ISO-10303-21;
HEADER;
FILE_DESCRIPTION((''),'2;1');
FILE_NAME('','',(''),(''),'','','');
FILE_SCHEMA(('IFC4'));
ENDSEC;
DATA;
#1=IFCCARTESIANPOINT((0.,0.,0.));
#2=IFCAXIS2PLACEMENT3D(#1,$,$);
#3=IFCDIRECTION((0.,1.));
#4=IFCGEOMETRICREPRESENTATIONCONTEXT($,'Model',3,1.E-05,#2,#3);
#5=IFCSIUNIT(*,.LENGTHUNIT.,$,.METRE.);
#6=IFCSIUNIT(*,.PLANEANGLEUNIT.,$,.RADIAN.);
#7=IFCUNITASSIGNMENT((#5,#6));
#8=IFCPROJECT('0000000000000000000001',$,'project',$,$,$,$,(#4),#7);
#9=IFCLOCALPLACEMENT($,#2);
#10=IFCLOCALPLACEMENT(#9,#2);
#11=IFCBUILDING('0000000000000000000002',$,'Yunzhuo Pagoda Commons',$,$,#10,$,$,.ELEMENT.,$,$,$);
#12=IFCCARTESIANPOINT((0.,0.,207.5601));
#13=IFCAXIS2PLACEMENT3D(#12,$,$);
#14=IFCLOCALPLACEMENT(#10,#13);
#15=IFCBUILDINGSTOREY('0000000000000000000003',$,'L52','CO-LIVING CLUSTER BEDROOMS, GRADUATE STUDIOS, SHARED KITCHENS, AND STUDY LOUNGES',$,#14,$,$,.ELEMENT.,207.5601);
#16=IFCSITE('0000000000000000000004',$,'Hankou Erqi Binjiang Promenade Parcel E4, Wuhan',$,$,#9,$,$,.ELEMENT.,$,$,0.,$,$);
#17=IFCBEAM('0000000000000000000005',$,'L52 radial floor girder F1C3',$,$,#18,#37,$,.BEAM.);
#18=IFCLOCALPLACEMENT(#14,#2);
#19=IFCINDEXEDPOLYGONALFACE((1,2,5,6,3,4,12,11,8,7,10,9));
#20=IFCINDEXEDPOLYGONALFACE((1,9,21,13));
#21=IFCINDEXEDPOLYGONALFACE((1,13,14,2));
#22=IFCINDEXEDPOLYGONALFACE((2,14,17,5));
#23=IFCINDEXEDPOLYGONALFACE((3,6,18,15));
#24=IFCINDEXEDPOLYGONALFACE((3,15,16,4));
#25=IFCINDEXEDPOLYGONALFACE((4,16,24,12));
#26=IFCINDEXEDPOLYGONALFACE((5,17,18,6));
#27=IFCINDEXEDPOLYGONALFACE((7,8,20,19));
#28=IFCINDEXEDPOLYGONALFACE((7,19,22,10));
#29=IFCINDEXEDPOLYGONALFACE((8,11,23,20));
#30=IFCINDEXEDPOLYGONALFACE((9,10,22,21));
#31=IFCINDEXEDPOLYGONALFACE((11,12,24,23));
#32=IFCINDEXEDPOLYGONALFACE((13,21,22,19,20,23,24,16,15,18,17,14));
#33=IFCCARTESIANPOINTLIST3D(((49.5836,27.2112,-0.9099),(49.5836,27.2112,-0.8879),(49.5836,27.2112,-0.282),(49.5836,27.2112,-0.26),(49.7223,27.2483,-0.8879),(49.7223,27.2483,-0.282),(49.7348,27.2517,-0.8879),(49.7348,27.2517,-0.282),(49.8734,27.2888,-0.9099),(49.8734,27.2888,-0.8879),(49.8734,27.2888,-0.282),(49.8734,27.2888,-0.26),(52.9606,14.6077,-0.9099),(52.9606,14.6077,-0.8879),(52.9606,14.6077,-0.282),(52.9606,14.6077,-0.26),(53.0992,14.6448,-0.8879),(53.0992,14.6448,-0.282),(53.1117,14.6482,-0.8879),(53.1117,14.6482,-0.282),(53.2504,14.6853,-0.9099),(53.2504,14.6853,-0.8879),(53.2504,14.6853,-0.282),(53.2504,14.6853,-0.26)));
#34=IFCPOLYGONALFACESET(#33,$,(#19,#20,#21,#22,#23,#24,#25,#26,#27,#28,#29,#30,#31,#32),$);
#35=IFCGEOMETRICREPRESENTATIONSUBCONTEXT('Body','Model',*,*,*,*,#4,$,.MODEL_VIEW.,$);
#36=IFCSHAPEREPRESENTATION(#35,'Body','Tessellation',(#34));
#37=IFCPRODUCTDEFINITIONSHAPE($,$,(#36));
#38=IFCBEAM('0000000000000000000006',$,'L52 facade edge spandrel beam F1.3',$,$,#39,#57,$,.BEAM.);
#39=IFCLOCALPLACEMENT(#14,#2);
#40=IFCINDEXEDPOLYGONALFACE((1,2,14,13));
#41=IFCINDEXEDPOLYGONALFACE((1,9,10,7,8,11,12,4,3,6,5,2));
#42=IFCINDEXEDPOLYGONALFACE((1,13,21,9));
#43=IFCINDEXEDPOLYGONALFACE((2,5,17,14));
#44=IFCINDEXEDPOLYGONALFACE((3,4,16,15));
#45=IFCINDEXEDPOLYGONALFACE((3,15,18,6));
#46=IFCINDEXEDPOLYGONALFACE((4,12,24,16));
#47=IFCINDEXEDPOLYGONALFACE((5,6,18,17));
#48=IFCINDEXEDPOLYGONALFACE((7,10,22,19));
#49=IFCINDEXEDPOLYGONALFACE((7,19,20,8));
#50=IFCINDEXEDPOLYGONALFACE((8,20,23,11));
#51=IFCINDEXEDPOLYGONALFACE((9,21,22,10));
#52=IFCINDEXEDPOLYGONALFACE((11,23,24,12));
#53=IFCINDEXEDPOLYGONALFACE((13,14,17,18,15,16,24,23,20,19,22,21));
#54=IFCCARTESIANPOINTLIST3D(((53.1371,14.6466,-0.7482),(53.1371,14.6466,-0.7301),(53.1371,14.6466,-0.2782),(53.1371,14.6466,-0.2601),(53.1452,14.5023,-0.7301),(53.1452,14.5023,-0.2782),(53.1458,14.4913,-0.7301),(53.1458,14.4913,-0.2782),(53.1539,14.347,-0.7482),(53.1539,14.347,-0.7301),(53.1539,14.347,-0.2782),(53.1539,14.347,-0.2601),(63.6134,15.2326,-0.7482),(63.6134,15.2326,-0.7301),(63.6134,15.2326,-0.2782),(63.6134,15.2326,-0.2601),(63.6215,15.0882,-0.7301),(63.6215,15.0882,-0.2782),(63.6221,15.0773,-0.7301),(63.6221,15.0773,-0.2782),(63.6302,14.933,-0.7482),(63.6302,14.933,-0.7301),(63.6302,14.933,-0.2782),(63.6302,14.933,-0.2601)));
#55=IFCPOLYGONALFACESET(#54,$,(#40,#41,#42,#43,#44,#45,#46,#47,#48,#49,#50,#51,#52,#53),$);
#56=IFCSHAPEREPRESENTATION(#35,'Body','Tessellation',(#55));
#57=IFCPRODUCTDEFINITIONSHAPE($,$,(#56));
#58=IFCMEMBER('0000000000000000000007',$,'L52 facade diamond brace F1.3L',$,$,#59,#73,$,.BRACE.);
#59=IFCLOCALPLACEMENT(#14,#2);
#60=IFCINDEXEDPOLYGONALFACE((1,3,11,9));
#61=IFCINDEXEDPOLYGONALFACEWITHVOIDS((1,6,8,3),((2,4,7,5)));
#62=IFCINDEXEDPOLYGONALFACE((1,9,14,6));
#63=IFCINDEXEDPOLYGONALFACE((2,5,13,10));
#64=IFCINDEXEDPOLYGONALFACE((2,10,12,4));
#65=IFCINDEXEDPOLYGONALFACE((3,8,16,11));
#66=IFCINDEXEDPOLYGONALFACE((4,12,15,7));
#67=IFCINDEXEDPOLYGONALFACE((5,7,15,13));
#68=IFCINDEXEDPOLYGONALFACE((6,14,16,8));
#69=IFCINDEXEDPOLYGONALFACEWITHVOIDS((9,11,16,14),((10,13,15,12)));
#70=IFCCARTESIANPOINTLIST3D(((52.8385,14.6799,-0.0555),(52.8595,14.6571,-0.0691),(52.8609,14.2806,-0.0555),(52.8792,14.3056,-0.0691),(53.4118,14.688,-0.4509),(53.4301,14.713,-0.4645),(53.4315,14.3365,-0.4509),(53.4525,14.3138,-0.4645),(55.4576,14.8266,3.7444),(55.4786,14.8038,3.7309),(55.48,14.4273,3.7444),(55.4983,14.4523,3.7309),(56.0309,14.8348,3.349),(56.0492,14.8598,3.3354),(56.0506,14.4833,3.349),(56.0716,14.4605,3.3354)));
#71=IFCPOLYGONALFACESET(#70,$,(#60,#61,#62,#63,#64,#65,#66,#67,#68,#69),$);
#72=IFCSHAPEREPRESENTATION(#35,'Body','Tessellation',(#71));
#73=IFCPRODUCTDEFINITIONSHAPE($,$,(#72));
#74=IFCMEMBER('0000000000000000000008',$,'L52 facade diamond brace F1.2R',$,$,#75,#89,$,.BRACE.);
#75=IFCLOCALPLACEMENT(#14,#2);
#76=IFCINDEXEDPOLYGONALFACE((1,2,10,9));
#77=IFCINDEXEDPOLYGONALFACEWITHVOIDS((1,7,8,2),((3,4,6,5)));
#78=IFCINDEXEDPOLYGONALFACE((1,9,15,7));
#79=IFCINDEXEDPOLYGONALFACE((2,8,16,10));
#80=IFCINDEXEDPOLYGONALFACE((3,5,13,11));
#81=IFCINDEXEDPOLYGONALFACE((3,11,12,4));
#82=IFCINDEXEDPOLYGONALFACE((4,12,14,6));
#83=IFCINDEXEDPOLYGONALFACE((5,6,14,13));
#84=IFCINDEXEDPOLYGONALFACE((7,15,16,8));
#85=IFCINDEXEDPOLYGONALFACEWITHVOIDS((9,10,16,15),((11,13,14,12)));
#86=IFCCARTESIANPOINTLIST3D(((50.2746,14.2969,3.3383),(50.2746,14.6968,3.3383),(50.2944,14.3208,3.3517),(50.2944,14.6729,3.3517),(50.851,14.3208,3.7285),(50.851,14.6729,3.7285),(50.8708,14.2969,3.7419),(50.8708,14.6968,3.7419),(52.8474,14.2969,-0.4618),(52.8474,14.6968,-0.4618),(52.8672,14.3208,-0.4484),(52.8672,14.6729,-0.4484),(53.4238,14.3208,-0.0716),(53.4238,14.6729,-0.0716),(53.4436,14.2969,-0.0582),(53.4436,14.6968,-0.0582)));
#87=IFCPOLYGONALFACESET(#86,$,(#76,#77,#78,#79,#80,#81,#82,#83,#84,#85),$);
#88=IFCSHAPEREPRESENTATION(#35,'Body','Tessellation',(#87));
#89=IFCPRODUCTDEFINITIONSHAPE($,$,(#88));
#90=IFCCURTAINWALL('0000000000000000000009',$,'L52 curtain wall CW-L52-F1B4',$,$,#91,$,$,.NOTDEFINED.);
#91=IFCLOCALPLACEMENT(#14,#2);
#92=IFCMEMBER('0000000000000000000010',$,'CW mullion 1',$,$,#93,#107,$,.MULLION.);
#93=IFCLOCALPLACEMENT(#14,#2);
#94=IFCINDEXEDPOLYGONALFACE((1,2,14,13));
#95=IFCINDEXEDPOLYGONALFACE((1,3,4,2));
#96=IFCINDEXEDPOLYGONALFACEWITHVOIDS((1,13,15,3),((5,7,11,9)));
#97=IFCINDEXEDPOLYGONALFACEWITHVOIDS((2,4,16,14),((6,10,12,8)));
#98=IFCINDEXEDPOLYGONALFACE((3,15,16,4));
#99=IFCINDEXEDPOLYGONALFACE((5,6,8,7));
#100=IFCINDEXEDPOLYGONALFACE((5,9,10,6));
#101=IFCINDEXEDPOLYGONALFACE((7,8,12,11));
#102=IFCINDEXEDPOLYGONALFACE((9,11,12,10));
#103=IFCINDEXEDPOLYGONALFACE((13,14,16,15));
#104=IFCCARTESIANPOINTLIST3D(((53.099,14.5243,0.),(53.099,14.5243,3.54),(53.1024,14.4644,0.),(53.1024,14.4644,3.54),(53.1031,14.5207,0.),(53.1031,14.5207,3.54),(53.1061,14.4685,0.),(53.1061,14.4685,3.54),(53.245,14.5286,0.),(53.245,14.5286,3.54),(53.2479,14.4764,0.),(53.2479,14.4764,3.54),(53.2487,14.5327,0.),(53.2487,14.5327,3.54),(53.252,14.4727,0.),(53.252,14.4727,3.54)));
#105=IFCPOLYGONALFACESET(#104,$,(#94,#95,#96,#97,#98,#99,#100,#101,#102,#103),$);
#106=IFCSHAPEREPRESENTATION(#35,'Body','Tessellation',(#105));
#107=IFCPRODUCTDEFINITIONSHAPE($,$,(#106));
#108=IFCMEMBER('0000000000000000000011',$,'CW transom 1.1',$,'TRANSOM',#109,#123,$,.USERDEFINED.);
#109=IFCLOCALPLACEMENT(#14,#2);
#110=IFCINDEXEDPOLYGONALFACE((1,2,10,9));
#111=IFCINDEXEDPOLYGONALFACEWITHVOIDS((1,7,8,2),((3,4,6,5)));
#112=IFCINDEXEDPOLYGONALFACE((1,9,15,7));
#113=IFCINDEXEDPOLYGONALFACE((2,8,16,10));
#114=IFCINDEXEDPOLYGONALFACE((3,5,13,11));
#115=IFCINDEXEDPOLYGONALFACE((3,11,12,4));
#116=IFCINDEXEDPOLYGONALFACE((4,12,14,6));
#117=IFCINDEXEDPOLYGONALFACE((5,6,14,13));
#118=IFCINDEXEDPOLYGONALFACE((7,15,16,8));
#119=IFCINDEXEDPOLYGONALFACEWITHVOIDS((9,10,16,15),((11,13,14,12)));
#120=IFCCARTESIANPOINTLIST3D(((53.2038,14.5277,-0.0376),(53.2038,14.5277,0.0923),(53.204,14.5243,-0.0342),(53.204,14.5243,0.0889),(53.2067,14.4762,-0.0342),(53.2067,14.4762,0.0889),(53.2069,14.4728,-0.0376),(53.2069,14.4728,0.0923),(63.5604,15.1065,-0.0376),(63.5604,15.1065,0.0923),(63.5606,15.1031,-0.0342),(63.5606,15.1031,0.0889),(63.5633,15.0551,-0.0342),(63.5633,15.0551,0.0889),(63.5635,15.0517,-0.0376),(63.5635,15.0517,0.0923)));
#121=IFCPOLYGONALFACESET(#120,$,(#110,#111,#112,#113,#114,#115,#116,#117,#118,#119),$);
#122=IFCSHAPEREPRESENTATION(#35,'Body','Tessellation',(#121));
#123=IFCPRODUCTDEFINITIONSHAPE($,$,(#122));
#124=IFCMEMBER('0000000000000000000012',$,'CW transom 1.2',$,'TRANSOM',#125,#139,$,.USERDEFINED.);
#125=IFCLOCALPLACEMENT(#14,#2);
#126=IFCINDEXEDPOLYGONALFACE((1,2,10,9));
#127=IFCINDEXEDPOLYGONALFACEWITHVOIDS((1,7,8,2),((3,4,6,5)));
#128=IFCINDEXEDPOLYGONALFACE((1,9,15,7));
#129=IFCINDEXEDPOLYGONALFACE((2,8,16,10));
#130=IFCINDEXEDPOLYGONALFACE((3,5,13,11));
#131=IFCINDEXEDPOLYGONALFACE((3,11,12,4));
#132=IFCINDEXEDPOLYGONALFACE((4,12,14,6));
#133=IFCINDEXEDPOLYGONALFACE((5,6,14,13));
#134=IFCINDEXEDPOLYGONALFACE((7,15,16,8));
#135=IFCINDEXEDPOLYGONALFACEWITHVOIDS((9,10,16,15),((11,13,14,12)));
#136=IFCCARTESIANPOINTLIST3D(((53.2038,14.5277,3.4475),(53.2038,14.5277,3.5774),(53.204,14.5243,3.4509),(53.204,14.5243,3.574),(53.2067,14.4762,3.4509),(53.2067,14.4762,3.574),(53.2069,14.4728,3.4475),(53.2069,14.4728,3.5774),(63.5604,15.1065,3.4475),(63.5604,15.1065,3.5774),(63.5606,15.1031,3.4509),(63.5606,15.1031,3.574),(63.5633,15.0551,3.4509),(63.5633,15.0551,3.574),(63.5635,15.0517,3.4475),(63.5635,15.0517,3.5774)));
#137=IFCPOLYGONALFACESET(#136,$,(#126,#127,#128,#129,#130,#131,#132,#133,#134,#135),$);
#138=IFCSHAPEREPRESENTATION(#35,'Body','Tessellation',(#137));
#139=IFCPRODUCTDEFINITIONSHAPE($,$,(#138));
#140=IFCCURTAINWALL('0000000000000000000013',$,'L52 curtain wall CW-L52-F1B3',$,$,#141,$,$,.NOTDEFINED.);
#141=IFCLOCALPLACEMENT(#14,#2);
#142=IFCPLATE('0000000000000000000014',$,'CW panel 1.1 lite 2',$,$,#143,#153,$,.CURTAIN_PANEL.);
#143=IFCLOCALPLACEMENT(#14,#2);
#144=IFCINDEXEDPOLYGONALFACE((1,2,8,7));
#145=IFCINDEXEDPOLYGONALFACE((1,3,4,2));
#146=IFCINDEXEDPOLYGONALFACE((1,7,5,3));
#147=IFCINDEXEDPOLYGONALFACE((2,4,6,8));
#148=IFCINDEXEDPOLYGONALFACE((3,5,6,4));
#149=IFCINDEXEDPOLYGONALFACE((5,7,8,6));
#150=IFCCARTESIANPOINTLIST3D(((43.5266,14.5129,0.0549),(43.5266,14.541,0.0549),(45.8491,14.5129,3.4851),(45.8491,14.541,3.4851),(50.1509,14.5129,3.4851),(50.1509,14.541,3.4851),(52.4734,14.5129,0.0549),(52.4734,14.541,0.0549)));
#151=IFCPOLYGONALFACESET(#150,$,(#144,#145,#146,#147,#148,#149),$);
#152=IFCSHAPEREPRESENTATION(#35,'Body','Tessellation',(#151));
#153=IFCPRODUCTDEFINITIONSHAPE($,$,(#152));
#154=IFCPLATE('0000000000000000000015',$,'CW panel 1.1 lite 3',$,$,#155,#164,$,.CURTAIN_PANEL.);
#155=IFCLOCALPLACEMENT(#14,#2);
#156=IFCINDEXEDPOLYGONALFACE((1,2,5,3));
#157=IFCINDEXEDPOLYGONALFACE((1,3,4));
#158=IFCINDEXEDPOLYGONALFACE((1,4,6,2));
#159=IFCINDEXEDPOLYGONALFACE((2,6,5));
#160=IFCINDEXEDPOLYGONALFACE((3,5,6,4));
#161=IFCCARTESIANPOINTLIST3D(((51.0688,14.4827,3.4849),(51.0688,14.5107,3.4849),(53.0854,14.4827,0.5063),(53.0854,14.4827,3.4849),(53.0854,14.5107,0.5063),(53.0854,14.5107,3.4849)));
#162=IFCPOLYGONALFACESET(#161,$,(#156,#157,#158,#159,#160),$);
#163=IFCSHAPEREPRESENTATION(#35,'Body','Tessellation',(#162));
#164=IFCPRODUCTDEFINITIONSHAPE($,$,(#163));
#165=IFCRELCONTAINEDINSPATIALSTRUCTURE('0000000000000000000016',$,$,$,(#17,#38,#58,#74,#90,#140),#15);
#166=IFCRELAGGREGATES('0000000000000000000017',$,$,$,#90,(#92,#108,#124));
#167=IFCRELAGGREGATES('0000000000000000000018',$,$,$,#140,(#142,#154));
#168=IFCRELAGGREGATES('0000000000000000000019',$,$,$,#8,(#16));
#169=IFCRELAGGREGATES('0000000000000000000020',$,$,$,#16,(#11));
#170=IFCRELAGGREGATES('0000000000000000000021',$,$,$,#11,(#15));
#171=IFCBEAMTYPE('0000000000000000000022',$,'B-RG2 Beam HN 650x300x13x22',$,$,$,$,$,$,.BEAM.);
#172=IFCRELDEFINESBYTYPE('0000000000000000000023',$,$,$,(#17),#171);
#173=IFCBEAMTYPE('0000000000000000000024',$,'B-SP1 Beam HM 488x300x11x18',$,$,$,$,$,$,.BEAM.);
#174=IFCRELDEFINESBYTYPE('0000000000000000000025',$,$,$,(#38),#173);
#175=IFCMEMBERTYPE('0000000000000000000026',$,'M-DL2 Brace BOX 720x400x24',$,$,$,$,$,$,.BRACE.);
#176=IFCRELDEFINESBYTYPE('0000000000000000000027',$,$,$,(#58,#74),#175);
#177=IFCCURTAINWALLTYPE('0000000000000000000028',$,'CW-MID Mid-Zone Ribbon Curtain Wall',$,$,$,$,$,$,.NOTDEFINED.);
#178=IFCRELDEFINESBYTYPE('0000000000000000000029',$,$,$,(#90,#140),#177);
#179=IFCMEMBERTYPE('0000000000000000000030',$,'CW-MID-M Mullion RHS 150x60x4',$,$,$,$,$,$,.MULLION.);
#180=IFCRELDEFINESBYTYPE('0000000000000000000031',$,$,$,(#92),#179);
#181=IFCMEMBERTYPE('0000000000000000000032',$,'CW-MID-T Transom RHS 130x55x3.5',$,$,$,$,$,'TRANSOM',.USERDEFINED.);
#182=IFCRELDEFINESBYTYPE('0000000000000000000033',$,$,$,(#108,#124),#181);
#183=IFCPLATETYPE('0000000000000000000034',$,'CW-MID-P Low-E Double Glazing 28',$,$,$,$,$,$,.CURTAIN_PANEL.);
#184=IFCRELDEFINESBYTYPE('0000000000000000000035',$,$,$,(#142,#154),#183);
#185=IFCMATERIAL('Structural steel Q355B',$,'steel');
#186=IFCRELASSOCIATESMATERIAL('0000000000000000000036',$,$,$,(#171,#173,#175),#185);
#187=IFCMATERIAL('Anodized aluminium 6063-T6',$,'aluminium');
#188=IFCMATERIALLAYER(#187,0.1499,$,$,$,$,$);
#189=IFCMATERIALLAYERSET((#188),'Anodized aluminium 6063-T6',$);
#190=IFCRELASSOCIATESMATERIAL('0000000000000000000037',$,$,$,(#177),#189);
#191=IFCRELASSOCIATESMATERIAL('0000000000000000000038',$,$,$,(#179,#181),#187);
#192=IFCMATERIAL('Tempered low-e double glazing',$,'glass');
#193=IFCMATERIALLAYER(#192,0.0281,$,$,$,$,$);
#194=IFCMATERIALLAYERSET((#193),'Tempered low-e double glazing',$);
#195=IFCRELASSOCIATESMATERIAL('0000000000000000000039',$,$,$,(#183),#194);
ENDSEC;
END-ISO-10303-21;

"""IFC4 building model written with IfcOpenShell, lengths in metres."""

from ifc_helpers import new_model, si_unit, direction, frame, origin, origin_2d, place, context, subcontext, project, spatial, polyline, hollow_rectangle, i_section, outline, extrude, source, transform, mapped, material, layer, layer_set, material_profile, profile_set, type_object, element, aggregate, save


model = new_model("IFC4")

# Units and contexts
model_context = context("Model", 3, precision=1e-05, world=origin(), true_north=direction((0.0, 1.0)))
body_context = subcontext(model_context, "Body", "Model", "MODEL_VIEW")
ifc_project = project(units=[si_unit("LENGTHUNIT", "METRE"), si_unit("PLANEANGLEUNIT", "RADIAN")], contexts=[model_context])

# Site, building, storey
site_placement = place(None, origin())
site = spatial("IfcSite", under=ifc_project, at=site_placement, Name="Hankou Erqi Binjiang Promenade Parcel E4, Wuhan", CompositionType="ELEMENT", RefElevation=0.0)
building_placement = place(site_placement, origin())
building = spatial("IfcBuilding", under=site, at=building_placement, Name="Yunzhuo Pagoda Commons", CompositionType="ELEMENT")
storey_placement = place(building_placement, frame((0.0, 0.0, 207.5601)))
storey = spatial("IfcBuildingStorey", under=building, at=storey_placement, Name="L52", Description="CO-LIVING CLUSTER BEDROOMS, GRADUATE STUDIOS, SHARED KITCHENS, AND STUDY LOUNGES", CompositionType="ELEMENT", Elevation=207.5601)

# Beams
ifc_material_1 = material(Name="Structural steel Q355B", Category="steel")
ifc_material_profile_1 = material_profile(ifc_material_1, i_section(OverallWidth=0.3, OverallDepth=0.6499, WebThickness=0.0129, FlangeThickness=0.022, at=origin_2d()), Name="Structural steel Q355B")
ifc_profile_set_1 = profile_set([ifc_material_profile_1], Name="Structural steel Q355B")
beam_type_1 = type_object("IfcBeamType", Name="B-RG2 Beam HN 650x300x13x22", PredefinedType="BEAM", material=ifc_profile_set_1)
shared_shape_1 = source(origin(), body_context, "Body", "SweptSolid", [
    extrude(i_section(OverallWidth=0.3, OverallDepth=0.6499, WebThickness=0.0129, FlangeThickness=0.022, at=origin_2d()), origin(), (0.0, 0.0, 1.0), 13.0481),
])
beam_1_placement = place(storey_placement, frame((53.1055, 14.6465, -0.585), z_axis=(-0.258808, 0.965929, 0.0), x_axis=(-0.965929, -0.258808, 0.0)))
element("IfcBeam", 1, at=beam_1_placement, inside=storey, type_object=beam_type_1, Name="L52 radial floor girder F1C3", PredefinedType="BEAM", context=body_context, shape_type="MappedRepresentation", body=[
    mapped(shared_shape_1, transform((0.0, 0.0, 0.0), scale=1.0)),
])
ifc_material_profile_2 = material_profile(ifc_material_1, i_section(OverallWidth=0.3, OverallDepth=0.488, WebThickness=0.011, FlangeThickness=0.0181, at=origin_2d()), Name="Structural steel Q355B")
ifc_profile_set_2 = profile_set([ifc_material_profile_2], Name="Structural steel Q355B")
beam_type_2 = type_object("IfcBeamType", Name="B-SP1 Beam HM 488x300x11x18", PredefinedType="BEAM", material=ifc_profile_set_2)
shared_shape_2 = source(origin(), body_context, "Body", "SweptSolid", [
    extrude(i_section(OverallWidth=0.3, OverallDepth=0.488, WebThickness=0.011, FlangeThickness=0.0181, at=origin_2d()), origin(), (0.0, 0.0, 1.0), 10.4927),
])
beam_2_placement = place(storey_placement, frame((53.1455, 14.4968, -0.5042), z_axis=(0.99844, 0.055842, 0.0), x_axis=(-0.055842, 0.99844, 0.0)))
element("IfcBeam", 2, at=beam_2_placement, inside=storey, type_object=beam_type_2, Name="L52 facade edge spandrel beam F1.3", PredefinedType="BEAM", context=body_context, shape_type="MappedRepresentation", body=[
    mapped(shared_shape_2, transform((0.0, 0.0, 0.0), scale=1.0)),
])

# Members
ifc_material_profile_3 = material_profile(ifc_material_1, hollow_rectangle(XDim=0.3999, YDim=0.72, WallThickness=0.0239, at=origin_2d()), Name="Structural steel Q355B")
ifc_profile_set_3 = profile_set([ifc_material_profile_3], Name="Structural steel Q355B")
member_type_1 = type_object("IfcMemberType", Name="M-DL2 Brace BOX 720x400x24", PredefinedType="BRACE", material=ifc_profile_set_3)
shared_shape_3 = source(origin(), body_context, "Body", "SweptSolid", [
    extrude(hollow_rectangle(XDim=0.3999, YDim=0.72, WallThickness=0.0239, at=origin_2d()), origin(), (0.0, 0.0, 1.0), 4.6174),
])
member_1_placement = place(storey_placement, frame((53.1455, 14.4968, -0.26), z_axis=(0.567214, 0.031776, 0.822957), x_axis=(-0.055934, 0.998434, 0.0)))
element("IfcMember", 3, at=member_1_placement, inside=storey, type_object=member_type_1, Name="L52 facade diamond brace F1.3L", PredefinedType="BRACE", context=body_context, shape_type="MappedRepresentation", body=[
    mapped(shared_shape_3, transform((0.0, 0.0, 0.0), scale=1.0)),
])
shared_shape_4 = source(origin(), body_context, "Body", "SweptSolid", [
    extrude(hollow_rectangle(XDim=0.3999, YDim=0.72, WallThickness=0.0239, at=origin_2d()), origin(), (0.0, 0.0, 1.0), 4.5891),
])
member_2_placement = place(storey_placement, frame((53.1455, 14.4968, -0.26), z_axis=(-0.560628, 0.0, 0.828068), x_axis=(0.0, -1.0, 0.0)))
element("IfcMember", 4, at=member_2_placement, inside=storey, type_object=member_type_1, Name="L52 facade diamond brace F1.2R", PredefinedType="BRACE", context=body_context, shape_type="MappedRepresentation", body=[
    mapped(shared_shape_4, transform((0.0, 0.0, 0.0), scale=1.0)),
])

# Curtain wall, members
ifc_material_2 = material(Name="Anodized aluminium 6063-T6", Category="aluminium")
ifc_layer_1 = layer(ifc_material_2, 0.1499)
ifc_layer_set_1 = layer_set([ifc_layer_1], Name="Anodized aluminium 6063-T6")
curtain_wall_type = type_object("IfcCurtainWallType", Name="CW-MID Mid-Zone Ribbon Curtain Wall", PredefinedType="NOTDEFINED", material=ifc_layer_set_1)
curtain_wall_1_placement = place(storey_placement, origin())
curtain_wall_1 = element("IfcCurtainWall", 5, at=curtain_wall_1_placement, inside=storey, type_object=curtain_wall_type, Name="L52 curtain wall CW-L52-F1B4", PredefinedType="NOTDEFINED")
ifc_material_profile_4 = material_profile(ifc_material_2, hollow_rectangle(XDim=0.0601, YDim=0.1499, WallThickness=0.0039, at=origin_2d()), Name="Anodized aluminium 6063-T6")
ifc_profile_set_4 = profile_set([ifc_material_profile_4], Name="Anodized aluminium 6063-T6")
member_type_2 = type_object("IfcMemberType", Name="CW-MID-M Mullion RHS 150x60x4", PredefinedType="MULLION", material=ifc_profile_set_4)
shared_shape_5 = source(origin(), body_context, "Body", "SweptSolid", [
    extrude(hollow_rectangle(XDim=0.0601, YDim=0.1499, WallThickness=0.0039, at=origin_2d()), origin(), (0.0, 0.0, 1.0), 3.54),
])
member_3_placement = place(storey_placement, frame((53.1755, 14.4985, 0.0), z_axis=(0.0, 0.0, 1.0), x_axis=(-0.055819, 0.998441, 0.0)))
member_3 = element("IfcMember", 6, at=member_3_placement, type_object=member_type_2, Name="CW mullion 1", PredefinedType="MULLION", context=body_context, shape_type="MappedRepresentation", body=[
    mapped(shared_shape_5, transform((0.0, 0.0, 0.0), scale=1.0)),
])
ifc_material_profile_5 = material_profile(ifc_material_2, hollow_rectangle(XDim=0.0549, YDim=0.1299, WallThickness=0.0034, at=origin_2d()), Name="Anodized aluminium 6063-T6")
ifc_profile_set_5 = profile_set([ifc_material_profile_5], Name="Anodized aluminium 6063-T6")
member_type_3 = type_object("IfcMemberType", Name="CW-MID-T Transom RHS 130x55x3.5", ElementType="TRANSOM", PredefinedType="USERDEFINED", material=ifc_profile_set_5)
shared_shape_6 = source(origin(), body_context, "Body", "SweptSolid", [
    extrude(hollow_rectangle(XDim=0.0549, YDim=0.1299, WallThickness=0.0034, at=origin_2d()), origin(), (0.0, 0.0, 1.0), 10.3728),
])
member_4_placement = place(storey_placement, frame((53.2053, 14.5002, 0.0273), z_axis=(0.998442, 0.055805, 0.0), x_axis=(-0.055805, 0.998442, 0.0)))
member_4 = element("IfcMember", 7, at=member_4_placement, type_object=member_type_3, Name="CW transom 1.1", ObjectType="TRANSOM", PredefinedType="USERDEFINED", context=body_context, shape_type="MappedRepresentation", body=[
    mapped(shared_shape_6, transform((0.0, 0.0, 0.0), scale=1.0)),
])
member_5_placement = place(storey_placement, frame((53.2053, 14.5002, 3.5125), z_axis=(0.998442, 0.055805, 0.0), x_axis=(-0.055805, 0.998442, 0.0)))
member_5 = element("IfcMember", 8, at=member_5_placement, type_object=member_type_3, Name="CW transom 1.2", ObjectType="TRANSOM", PredefinedType="USERDEFINED", context=body_context, shape_type="MappedRepresentation", body=[
    mapped(shared_shape_6, transform((0.0, 0.0, 0.0), scale=1.0)),
])
aggregate(curtain_wall_1, [member_3, member_4, member_5])

# Curtain wall, plates
curtain_wall_2_placement = place(storey_placement, origin())
curtain_wall_2 = element("IfcCurtainWall", 9, at=curtain_wall_2_placement, inside=storey, type_object=curtain_wall_type, Name="L52 curtain wall CW-L52-F1B3", PredefinedType="NOTDEFINED")
ifc_material_3 = material(Name="Tempered low-e double glazing", Category="glass")
ifc_layer_2 = layer(ifc_material_3, 0.0281)
ifc_layer_set_2 = layer_set([ifc_layer_2], Name="Tempered low-e double glazing")
plate_type_1 = type_object("IfcPlateType", Name="CW-MID-P Low-E Double Glazing 28", PredefinedType="CURTAIN_PANEL", material=ifc_layer_set_2)
plate_1_placement = place(storey_placement, frame((48.0, 14.541, 1.77), z_axis=(0.0, -1.0, 0.0), x_axis=(1.0, 0.0, 0.0)))
plate_1 = element("IfcPlate", 10, at=plate_1_placement, type_object=plate_type_1, Name="CW panel 1.1 lite 2", PredefinedType="CURTAIN_PANEL", context=body_context, shape_type="SweptSolid", body=[
    extrude(outline(polyline([(-4.4734, -1.7151), (4.4734, -1.7151), (2.1509, 1.7151), (-2.1509, 1.7151), (-4.4734, -1.7151)])), origin(), (0.0, 0.0, 1.0), 0.0281),
])
plate_2_placement = place(storey_placement, frame((52.0771, 14.5107, 1.9956), z_axis=(0.0, -1.0, 0.0), x_axis=(1.0, 0.0, 0.0)))
plate_2 = element("IfcPlate", 11, at=plate_2_placement, type_object=plate_type_1, Name="CW panel 1.1 lite 3", PredefinedType="CURTAIN_PANEL", context=body_context, shape_type="SweptSolid", body=[
    extrude(outline(polyline([(-1.0083, 1.4893), (1.0083, -1.4893), (1.0083, 1.4893), (-1.0083, 1.4893)])), origin(), (0.0, 0.0, 1.0), 0.0281),
])
aggregate(curtain_wall_2, [plate_1, plate_2])

save(model, "model.ifc")
